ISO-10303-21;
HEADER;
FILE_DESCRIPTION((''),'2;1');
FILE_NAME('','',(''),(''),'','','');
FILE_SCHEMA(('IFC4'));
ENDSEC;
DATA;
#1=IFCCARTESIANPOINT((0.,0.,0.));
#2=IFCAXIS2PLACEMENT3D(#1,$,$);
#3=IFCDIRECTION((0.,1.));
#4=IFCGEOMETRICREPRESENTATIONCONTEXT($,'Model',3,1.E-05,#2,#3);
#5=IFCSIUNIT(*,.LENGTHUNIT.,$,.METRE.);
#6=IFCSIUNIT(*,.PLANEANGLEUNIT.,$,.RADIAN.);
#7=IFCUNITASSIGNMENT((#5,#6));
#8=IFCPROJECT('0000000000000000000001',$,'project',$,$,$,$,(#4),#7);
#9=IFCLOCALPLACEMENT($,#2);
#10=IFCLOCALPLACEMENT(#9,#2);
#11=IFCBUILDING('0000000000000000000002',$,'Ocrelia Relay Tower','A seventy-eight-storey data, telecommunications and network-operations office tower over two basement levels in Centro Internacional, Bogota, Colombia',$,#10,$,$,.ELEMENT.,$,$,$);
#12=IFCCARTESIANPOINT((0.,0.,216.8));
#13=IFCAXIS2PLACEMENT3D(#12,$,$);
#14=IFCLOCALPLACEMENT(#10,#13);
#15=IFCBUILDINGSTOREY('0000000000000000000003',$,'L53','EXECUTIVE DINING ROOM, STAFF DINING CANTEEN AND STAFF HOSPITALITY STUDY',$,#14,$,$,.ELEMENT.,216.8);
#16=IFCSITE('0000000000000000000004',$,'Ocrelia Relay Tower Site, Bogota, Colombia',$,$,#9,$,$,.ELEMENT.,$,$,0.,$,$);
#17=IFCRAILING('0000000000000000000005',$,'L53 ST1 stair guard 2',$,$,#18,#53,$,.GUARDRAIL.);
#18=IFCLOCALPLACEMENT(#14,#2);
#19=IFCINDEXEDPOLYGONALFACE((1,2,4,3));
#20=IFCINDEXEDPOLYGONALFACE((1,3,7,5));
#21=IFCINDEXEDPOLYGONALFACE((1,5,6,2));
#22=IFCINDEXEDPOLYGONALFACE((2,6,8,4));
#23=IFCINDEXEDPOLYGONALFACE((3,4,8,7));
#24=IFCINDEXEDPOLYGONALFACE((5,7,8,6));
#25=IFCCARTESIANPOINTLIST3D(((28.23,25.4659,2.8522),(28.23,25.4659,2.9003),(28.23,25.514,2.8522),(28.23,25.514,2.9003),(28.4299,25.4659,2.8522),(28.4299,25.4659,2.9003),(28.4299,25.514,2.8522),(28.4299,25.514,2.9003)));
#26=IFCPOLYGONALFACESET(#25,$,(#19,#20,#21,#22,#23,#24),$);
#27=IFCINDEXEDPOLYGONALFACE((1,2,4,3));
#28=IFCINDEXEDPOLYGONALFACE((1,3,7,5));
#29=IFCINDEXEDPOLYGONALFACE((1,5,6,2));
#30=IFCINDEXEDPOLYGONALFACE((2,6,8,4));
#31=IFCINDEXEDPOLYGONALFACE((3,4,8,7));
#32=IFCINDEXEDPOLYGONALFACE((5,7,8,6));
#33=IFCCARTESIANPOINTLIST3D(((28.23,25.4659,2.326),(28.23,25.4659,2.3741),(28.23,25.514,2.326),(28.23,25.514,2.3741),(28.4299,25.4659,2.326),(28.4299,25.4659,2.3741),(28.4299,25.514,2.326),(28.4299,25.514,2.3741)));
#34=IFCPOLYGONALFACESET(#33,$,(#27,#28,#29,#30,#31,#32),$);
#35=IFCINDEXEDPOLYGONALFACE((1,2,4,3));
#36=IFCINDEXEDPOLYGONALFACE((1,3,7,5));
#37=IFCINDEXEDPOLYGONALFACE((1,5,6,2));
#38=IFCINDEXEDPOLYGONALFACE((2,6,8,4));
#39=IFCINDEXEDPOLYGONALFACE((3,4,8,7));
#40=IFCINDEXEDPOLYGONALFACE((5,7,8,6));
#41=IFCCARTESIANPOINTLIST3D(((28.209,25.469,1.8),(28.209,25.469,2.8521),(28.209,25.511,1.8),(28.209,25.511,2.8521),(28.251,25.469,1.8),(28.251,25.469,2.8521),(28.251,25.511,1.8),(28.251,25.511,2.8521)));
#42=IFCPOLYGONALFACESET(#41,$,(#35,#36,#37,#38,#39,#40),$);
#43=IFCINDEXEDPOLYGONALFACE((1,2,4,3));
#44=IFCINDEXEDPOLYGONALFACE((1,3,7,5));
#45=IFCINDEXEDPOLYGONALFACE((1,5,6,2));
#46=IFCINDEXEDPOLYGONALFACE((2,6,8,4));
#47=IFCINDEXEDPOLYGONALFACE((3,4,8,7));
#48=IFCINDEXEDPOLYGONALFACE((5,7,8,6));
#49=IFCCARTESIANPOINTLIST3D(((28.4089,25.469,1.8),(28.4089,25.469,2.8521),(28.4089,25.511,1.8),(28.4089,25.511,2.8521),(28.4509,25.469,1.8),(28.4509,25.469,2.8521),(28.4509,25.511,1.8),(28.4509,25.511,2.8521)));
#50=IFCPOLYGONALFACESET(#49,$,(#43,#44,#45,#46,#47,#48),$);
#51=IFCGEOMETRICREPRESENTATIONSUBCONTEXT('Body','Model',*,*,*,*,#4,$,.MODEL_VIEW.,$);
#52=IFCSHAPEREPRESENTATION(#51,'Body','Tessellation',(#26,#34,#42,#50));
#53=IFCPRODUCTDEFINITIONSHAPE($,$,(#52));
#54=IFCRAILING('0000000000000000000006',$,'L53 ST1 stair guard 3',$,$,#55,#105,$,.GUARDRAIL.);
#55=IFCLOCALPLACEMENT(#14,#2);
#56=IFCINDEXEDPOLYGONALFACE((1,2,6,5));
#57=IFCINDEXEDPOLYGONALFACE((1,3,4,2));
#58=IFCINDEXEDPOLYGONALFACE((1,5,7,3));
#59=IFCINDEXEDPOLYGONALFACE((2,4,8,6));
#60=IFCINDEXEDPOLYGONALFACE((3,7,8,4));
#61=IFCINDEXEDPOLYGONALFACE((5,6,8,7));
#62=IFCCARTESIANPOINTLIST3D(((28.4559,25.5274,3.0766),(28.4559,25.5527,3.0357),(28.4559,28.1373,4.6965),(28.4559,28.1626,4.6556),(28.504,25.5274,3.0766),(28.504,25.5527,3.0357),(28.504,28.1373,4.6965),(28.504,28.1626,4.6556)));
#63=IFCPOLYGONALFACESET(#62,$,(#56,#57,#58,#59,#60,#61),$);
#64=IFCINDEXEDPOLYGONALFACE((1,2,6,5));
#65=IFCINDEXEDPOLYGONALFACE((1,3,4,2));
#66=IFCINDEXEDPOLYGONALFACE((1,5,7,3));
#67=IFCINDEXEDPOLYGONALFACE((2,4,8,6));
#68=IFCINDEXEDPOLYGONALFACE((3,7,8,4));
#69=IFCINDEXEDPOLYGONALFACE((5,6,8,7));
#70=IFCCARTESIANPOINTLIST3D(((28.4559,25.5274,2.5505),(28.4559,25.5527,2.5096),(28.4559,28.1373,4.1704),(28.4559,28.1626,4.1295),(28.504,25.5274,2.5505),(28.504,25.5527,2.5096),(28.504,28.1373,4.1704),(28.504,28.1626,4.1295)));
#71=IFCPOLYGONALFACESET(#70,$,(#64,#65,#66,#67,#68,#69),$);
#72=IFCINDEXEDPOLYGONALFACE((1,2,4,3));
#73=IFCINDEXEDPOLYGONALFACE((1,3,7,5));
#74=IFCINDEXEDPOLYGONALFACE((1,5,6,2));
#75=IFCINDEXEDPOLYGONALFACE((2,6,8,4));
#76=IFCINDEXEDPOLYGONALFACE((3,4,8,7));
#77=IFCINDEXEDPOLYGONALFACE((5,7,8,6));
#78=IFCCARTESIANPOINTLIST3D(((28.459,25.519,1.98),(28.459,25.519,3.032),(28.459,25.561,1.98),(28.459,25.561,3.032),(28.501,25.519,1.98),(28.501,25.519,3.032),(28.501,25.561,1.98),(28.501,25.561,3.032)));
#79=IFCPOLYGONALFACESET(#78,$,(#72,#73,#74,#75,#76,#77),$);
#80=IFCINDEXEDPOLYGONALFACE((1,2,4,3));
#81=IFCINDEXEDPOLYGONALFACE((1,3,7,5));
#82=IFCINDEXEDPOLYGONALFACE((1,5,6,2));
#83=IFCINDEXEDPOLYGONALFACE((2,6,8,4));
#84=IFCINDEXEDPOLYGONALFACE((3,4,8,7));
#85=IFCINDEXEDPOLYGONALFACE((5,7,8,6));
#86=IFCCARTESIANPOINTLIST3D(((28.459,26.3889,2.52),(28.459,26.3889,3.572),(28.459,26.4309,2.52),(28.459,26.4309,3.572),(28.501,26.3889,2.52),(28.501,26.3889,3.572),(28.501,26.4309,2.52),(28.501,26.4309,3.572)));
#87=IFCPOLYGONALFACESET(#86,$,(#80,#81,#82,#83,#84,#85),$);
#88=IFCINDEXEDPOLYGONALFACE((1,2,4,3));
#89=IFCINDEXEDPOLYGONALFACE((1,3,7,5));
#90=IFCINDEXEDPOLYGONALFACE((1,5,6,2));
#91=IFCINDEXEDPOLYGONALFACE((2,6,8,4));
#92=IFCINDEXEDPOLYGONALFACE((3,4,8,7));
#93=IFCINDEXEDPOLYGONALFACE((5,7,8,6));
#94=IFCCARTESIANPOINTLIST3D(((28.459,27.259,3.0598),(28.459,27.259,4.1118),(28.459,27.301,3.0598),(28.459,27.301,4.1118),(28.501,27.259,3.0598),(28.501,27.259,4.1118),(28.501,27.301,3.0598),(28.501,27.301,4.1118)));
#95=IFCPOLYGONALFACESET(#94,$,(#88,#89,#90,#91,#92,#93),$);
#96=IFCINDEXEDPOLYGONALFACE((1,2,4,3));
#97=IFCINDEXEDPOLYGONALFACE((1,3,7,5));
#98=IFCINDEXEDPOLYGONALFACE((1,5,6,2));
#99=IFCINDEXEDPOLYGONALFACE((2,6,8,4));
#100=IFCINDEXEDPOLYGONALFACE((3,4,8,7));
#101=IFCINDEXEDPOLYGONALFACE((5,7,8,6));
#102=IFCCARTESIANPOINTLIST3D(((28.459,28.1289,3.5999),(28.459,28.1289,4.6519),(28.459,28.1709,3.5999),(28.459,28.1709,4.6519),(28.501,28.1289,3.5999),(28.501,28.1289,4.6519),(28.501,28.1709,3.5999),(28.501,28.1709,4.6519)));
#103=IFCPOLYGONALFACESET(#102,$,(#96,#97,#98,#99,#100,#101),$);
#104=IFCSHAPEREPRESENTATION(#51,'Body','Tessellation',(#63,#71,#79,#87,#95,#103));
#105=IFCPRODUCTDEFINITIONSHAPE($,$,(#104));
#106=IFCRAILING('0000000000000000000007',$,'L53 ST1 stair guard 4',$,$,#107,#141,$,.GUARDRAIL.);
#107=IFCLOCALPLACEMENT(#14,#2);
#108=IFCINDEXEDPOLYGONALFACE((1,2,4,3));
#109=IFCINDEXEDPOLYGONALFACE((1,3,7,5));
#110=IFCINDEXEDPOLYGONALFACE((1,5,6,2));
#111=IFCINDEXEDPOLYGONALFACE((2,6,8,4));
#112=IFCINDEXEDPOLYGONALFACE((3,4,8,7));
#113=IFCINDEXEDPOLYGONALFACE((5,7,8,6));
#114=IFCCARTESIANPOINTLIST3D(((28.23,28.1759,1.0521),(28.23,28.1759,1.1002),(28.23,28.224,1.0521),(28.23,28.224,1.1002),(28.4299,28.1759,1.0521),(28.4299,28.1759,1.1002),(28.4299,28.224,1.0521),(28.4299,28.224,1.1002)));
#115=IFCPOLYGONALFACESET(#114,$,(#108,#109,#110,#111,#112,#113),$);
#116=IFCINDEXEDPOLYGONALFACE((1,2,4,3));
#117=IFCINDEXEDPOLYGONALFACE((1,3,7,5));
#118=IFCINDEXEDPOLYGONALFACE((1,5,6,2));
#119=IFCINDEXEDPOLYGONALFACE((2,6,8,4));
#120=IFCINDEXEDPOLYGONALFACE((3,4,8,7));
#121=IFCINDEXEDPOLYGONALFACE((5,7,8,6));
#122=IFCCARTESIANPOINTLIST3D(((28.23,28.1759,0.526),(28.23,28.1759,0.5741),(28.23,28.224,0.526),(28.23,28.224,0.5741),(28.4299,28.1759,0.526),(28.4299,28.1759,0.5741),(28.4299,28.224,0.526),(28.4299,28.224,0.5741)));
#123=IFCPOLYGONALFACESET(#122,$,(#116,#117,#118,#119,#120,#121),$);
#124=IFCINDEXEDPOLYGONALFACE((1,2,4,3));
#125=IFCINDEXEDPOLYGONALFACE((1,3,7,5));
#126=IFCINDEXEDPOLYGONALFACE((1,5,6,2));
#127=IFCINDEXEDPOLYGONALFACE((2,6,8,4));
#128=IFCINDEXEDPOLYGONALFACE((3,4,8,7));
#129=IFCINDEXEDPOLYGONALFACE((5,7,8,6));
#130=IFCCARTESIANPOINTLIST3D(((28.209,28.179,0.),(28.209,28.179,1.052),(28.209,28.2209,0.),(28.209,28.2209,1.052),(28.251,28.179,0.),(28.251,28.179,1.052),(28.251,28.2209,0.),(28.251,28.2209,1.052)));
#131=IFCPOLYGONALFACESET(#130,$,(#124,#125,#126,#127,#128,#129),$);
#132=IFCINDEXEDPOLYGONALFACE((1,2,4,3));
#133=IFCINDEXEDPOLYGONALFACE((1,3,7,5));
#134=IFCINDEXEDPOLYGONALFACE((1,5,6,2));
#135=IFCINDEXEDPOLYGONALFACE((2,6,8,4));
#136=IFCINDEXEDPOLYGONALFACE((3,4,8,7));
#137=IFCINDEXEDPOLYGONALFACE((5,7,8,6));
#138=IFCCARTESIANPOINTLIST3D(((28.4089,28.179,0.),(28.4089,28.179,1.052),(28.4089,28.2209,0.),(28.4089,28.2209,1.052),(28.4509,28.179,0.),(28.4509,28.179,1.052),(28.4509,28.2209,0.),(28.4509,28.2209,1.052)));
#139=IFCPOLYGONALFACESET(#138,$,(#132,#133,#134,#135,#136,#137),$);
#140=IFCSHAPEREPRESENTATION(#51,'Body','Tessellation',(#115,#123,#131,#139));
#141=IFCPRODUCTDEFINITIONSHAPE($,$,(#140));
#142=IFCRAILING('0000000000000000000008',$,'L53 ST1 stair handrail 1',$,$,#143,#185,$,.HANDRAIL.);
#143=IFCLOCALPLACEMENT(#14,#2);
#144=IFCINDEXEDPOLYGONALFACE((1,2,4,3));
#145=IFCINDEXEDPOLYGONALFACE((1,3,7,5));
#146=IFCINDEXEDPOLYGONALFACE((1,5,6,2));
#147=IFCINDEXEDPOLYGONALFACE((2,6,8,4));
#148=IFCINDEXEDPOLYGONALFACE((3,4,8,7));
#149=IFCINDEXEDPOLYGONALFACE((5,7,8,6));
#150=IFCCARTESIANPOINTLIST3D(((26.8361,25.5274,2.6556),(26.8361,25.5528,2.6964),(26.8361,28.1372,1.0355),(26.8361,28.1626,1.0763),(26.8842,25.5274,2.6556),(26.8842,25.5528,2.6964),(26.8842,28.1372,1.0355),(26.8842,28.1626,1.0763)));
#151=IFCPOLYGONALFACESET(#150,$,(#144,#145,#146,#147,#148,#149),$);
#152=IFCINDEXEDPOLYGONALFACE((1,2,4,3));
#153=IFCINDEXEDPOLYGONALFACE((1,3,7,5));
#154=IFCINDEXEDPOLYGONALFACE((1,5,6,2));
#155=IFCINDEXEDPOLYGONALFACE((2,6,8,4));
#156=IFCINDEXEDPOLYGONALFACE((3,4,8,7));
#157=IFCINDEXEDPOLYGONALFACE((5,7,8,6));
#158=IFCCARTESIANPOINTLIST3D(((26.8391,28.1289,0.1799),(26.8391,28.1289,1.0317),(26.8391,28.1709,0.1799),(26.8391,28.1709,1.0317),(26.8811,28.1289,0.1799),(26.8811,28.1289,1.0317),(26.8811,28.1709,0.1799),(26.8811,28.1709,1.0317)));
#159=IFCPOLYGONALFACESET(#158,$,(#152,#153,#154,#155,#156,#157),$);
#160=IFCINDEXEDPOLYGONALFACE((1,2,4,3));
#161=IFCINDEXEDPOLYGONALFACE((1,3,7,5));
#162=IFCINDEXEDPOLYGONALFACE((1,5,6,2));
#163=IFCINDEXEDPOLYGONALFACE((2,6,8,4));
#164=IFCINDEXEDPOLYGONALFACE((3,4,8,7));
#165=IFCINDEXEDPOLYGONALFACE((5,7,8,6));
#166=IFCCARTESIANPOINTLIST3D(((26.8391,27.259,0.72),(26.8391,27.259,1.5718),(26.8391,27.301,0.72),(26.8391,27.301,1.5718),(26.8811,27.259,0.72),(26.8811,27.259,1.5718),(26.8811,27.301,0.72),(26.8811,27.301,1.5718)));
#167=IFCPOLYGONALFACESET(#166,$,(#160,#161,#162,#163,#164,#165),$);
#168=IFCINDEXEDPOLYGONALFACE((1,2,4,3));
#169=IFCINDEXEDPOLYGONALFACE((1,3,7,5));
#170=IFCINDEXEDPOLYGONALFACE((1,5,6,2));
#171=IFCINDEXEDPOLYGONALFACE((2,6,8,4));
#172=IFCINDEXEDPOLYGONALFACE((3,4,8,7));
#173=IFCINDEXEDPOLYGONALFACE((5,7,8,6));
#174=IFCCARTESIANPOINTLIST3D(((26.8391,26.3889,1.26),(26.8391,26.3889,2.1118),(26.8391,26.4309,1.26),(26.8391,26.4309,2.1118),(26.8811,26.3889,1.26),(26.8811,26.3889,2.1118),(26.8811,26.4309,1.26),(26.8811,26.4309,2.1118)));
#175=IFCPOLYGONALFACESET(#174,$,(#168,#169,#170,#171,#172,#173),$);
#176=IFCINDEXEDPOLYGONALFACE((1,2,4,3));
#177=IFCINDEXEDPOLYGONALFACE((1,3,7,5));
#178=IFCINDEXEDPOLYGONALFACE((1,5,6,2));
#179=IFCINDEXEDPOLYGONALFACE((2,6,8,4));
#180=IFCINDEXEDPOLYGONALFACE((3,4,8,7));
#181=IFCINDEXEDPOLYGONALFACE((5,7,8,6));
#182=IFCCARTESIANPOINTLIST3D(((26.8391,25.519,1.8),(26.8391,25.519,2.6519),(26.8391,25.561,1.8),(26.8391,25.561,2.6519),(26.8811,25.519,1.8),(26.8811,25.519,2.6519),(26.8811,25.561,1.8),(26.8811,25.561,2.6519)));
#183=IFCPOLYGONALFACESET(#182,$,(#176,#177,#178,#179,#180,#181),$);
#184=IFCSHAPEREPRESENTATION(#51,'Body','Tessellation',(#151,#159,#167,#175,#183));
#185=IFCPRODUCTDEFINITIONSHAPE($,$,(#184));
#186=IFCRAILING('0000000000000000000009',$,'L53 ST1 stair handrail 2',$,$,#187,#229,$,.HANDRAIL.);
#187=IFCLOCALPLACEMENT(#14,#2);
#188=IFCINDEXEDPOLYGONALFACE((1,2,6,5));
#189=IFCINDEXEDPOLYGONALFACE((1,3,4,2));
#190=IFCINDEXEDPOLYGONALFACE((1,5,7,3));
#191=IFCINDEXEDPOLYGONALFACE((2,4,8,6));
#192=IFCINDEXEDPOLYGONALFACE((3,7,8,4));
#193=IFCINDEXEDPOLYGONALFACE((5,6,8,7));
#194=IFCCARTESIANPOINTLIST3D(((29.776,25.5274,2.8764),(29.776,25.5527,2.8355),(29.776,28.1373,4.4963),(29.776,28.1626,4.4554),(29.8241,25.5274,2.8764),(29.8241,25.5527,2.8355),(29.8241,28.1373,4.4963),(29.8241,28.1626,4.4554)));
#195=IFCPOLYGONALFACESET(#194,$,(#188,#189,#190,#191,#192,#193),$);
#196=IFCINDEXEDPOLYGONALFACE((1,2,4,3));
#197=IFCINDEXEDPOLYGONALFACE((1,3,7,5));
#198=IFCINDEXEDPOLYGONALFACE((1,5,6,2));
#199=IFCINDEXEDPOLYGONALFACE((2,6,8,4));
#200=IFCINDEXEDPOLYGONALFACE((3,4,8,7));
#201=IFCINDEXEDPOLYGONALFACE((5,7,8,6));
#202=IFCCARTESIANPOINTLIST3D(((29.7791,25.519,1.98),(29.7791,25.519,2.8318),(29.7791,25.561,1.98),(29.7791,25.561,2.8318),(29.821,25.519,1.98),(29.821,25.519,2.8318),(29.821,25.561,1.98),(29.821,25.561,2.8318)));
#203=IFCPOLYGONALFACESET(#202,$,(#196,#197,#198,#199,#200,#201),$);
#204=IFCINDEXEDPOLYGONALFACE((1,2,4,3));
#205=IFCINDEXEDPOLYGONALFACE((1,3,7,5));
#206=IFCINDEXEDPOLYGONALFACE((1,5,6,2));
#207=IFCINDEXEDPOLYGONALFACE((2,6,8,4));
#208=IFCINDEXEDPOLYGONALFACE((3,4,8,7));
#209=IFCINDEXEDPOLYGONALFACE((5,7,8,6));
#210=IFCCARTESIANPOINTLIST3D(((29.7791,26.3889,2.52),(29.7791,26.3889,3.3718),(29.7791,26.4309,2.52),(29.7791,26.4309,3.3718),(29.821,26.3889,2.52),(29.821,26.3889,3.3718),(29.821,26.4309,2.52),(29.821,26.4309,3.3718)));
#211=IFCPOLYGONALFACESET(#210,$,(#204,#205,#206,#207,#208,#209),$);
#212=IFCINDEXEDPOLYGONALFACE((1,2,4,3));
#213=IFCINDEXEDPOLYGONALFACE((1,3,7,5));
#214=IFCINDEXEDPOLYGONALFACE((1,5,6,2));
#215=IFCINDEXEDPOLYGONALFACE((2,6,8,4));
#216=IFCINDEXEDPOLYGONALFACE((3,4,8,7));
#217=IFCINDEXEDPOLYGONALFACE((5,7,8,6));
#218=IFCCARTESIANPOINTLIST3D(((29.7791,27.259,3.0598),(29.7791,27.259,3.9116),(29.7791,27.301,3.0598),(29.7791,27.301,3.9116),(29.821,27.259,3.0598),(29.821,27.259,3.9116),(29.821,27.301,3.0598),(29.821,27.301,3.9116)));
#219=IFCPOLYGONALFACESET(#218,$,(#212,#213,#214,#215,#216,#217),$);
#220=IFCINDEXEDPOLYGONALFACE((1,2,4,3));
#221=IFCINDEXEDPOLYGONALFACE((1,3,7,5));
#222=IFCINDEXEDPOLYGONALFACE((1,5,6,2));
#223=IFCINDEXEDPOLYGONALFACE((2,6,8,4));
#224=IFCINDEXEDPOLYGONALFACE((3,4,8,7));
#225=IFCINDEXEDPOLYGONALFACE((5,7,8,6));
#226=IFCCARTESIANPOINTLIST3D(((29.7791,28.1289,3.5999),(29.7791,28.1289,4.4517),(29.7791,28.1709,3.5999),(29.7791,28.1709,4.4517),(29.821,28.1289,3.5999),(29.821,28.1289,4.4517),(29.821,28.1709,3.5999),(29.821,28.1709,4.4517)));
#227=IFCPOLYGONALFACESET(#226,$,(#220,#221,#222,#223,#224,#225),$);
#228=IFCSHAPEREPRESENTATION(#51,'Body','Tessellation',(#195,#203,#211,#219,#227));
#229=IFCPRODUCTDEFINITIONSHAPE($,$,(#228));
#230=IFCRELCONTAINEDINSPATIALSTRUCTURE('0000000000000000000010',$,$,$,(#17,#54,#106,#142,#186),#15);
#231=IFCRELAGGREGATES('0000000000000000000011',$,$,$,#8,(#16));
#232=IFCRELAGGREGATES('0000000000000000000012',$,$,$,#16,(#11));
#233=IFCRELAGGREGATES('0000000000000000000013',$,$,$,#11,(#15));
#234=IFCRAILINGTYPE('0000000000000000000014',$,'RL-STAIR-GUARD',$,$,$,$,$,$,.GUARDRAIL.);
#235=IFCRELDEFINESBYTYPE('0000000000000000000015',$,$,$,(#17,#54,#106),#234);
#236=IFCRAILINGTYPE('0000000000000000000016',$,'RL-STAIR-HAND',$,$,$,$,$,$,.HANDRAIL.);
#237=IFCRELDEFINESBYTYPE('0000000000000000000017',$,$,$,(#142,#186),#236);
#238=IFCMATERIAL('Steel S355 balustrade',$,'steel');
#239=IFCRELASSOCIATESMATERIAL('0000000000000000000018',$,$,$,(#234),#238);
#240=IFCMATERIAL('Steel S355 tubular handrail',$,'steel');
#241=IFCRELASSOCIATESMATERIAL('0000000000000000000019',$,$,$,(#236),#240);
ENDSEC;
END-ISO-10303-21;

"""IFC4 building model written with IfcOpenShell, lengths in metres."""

from ifc_helpers import new_model, si_unit, direction, frame, origin, origin_2d, place, context, subcontext, project, spatial, rectangle, extrude, material, type_object, element, save


model = new_model("IFC4")

# Units and contexts
model_context = context("Model", 3, precision=1e-05, world=origin(), true_north=direction((0.0, 1.0)))
body_context = subcontext(model_context, "Body", "Model", "MODEL_VIEW")
ifc_project = project(units=[si_unit("LENGTHUNIT", "METRE"), si_unit("PLANEANGLEUNIT", "RADIAN")], contexts=[model_context])

# Site, building, storey
site_placement = place(None, origin())
site = spatial("IfcSite", under=ifc_project, at=site_placement, Name="Ocrelia Relay Tower Site, Bogota, Colombia", CompositionType="ELEMENT", RefElevation=0.0)
building_placement = place(site_placement, origin())
building = spatial("IfcBuilding", under=site, at=building_placement, Name="Ocrelia Relay Tower", Description="A seventy-eight-storey data, telecommunications and network-operations office tower over two basement levels in Centro Internacional, Bogota, Colombia", CompositionType="ELEMENT")
storey_placement = place(building_placement, frame((0.0, 0.0, 216.8)))
storey = spatial("IfcBuildingStorey", under=building, at=storey_placement, Name="L53", Description="EXECUTIVE DINING ROOM, STAFF DINING CANTEEN AND STAFF HOSPITALITY STUDY", CompositionType="ELEMENT", Elevation=216.8)

# Railings
ifc_material_1 = material(Name="Steel S355 balustrade", Category="steel")
railing_type_1 = type_object("IfcRailingType", Name="RL-STAIR-GUARD", PredefinedType="GUARDRAIL", material=ifc_material_1)
railing_1_placement = place(storey_placement, frame((28.23, 25.49, 1.8)))
element("IfcRailing", 1, at=railing_1_placement, inside=storey, type_object=railing_type_1, Name="L53 ST1 stair guard 2", PredefinedType="GUARDRAIL", context=body_context, shape_type="SweptSolid", body=[
    extrude(rectangle(XDim=0.0481, YDim=0.0481, at=origin_2d()), frame((0.0, 0.0, 1.0762), z_axis=(1.0, 0.0, 0.0), x_axis=(0.0, 1.0, 0.0)), (0.0, 0.0, 1.0), 0.2),
    extrude(rectangle(XDim=0.0481, YDim=0.0481, at=origin_2d()), frame((0.0, 0.0, 0.55), z_axis=(1.0, 0.0, 0.0), x_axis=(0.0, 1.0, 0.0)), (0.0, 0.0, 1.0), 0.2),
    extrude(rectangle(XDim=0.042, YDim=0.042, at=origin_2d()), origin(), (0.0, 0.0, 1.0), 1.052),
    extrude(rectangle(XDim=0.042, YDim=0.042, at=origin_2d()), frame((0.2, 0.0, 0.0)), (0.0, 0.0, 1.0), 1.052),
])
railing_2_placement = place(storey_placement, frame((28.48, 25.54, 1.98)))
element("IfcRailing", 2, at=railing_2_placement, inside=storey, type_object=railing_type_1, Name="L53 ST1 stair guard 3", PredefinedType="GUARDRAIL", context=body_context, shape_type="SweptSolid", body=[
    extrude(rectangle(XDim=0.0481, YDim=0.0481, at=origin_2d()), frame((0.0, 0.0, 1.0762), z_axis=(0.0, 0.849646, 0.527353), x_axis=(-1.0, 0.0, 0.0)), (0.0, 0.0, 1.0), 3.0718),
    extrude(rectangle(XDim=0.0481, YDim=0.0481, at=origin_2d()), frame((0.0, 0.0, 0.55), z_axis=(0.0, 0.849646, 0.527353), x_axis=(-1.0, 0.0, 0.0)), (0.0, 0.0, 1.0), 3.0718),
    extrude(rectangle(XDim=0.042, YDim=0.042, at=origin_2d()), origin(), (0.0, 0.0, 1.0), 1.052),
    extrude(rectangle(XDim=0.042, YDim=0.042, at=origin_2d()), frame((0.0, 0.8699, 0.54)), (0.0, 0.0, 1.0), 1.052),
    extrude(rectangle(XDim=0.042, YDim=0.042, at=origin_2d()), frame((0.0, 1.74, 1.0798)), (0.0, 0.0, 1.0), 1.052),
    extrude(rectangle(XDim=0.042, YDim=0.042, at=origin_2d()), frame((0.0, 2.6099, 1.6199)), (0.0, 0.0, 1.0), 1.052),
])
railing_3_placement = place(storey_placement, frame((28.23, 28.2, 0.0)))
element("IfcRailing", 3, at=railing_3_placement, inside=storey, type_object=railing_type_1, Name="L53 ST1 stair guard 4", PredefinedType="GUARDRAIL", context=body_context, shape_type="SweptSolid", body=[
    extrude(rectangle(XDim=0.0481, YDim=0.0481, at=origin_2d()), frame((0.0, 0.0, 1.0762), z_axis=(1.0, 0.0, 0.0), x_axis=(0.0, 1.0, 0.0)), (0.0, 0.0, 1.0), 0.2),
    extrude(rectangle(XDim=0.0481, YDim=0.0481, at=origin_2d()), frame((0.0, 0.0, 0.55), z_axis=(1.0, 0.0, 0.0), x_axis=(0.0, 1.0, 0.0)), (0.0, 0.0, 1.0), 0.2),
    extrude(rectangle(XDim=0.042, YDim=0.042, at=origin_2d()), origin(), (0.0, 0.0, 1.0), 1.052),
    extrude(rectangle(XDim=0.042, YDim=0.042, at=origin_2d()), frame((0.2, 0.0, 0.0)), (0.0, 0.0, 1.0), 1.052),
])
ifc_material_2 = material(Name="Steel S355 tubular handrail", Category="steel")
railing_type_2 = type_object("IfcRailingType", Name="RL-STAIR-HAND", PredefinedType="HANDRAIL", material=ifc_material_2)
railing_4_placement = place(storey_placement, frame((26.8601, 28.1499, 0.1799)))
element("IfcRailing", 4, at=railing_4_placement, inside=storey, type_object=railing_type_2, Name="L53 ST1 stair handrail 1", PredefinedType="HANDRAIL", context=body_context, shape_type="SweptSolid", body=[
    extrude(rectangle(XDim=0.0481, YDim=0.0481, at=origin_2d()), frame((0.0, 0.0, 0.876), z_axis=(0.0, -0.849611, 0.52741), x_axis=(1.0, 0.0, 0.0)), (0.0, 0.0, 1.0), 3.0718),
    extrude(rectangle(XDim=0.042, YDim=0.042, at=origin_2d()), origin(), (0.0, 0.0, 1.0), 0.8518),
    extrude(rectangle(XDim=0.042, YDim=0.042, at=origin_2d()), frame((0.0, -0.8699, 0.54)), (0.0, 0.0, 1.0), 0.8518),
    extrude(rectangle(XDim=0.042, YDim=0.042, at=origin_2d()), frame((0.0, -1.74, 1.0801)), (0.0, 0.0, 1.0), 0.8518),
    extrude(rectangle(XDim=0.042, YDim=0.042, at=origin_2d()), frame((0.0, -2.6099, 1.6201)), (0.0, 0.0, 1.0), 0.8518),
])
railing_5_placement = place(storey_placement, frame((29.8, 25.54, 1.98)))
element("IfcRailing", 5, at=railing_5_placement, inside=storey, type_object=railing_type_2, Name="L53 ST1 stair handrail 2", PredefinedType="HANDRAIL", context=body_context, shape_type="SweptSolid", body=[
    extrude(rectangle(XDim=0.0481, YDim=0.0481, at=origin_2d()), frame((0.0, 0.0, 0.876), z_axis=(0.0, 0.849646, 0.527353), x_axis=(-1.0, 0.0, 0.0)), (0.0, 0.0, 1.0), 3.0718),
    extrude(rectangle(XDim=0.042, YDim=0.042, at=origin_2d()), origin(), (0.0, 0.0, 1.0), 0.8518),
    extrude(rectangle(XDim=0.042, YDim=0.042, at=origin_2d()), frame((0.0, 0.8699, 0.54)), (0.0, 0.0, 1.0), 0.8518),
    extrude(rectangle(XDim=0.042, YDim=0.042, at=origin_2d()), frame((0.0, 1.74, 1.0798)), (0.0, 0.0, 1.0), 0.8518),
    extrude(rectangle(XDim=0.042, YDim=0.042, at=origin_2d()), frame((0.0, 2.6099, 1.6199)), (0.0, 0.0, 1.0), 0.8518),
])

save(model, "model.ifc")
